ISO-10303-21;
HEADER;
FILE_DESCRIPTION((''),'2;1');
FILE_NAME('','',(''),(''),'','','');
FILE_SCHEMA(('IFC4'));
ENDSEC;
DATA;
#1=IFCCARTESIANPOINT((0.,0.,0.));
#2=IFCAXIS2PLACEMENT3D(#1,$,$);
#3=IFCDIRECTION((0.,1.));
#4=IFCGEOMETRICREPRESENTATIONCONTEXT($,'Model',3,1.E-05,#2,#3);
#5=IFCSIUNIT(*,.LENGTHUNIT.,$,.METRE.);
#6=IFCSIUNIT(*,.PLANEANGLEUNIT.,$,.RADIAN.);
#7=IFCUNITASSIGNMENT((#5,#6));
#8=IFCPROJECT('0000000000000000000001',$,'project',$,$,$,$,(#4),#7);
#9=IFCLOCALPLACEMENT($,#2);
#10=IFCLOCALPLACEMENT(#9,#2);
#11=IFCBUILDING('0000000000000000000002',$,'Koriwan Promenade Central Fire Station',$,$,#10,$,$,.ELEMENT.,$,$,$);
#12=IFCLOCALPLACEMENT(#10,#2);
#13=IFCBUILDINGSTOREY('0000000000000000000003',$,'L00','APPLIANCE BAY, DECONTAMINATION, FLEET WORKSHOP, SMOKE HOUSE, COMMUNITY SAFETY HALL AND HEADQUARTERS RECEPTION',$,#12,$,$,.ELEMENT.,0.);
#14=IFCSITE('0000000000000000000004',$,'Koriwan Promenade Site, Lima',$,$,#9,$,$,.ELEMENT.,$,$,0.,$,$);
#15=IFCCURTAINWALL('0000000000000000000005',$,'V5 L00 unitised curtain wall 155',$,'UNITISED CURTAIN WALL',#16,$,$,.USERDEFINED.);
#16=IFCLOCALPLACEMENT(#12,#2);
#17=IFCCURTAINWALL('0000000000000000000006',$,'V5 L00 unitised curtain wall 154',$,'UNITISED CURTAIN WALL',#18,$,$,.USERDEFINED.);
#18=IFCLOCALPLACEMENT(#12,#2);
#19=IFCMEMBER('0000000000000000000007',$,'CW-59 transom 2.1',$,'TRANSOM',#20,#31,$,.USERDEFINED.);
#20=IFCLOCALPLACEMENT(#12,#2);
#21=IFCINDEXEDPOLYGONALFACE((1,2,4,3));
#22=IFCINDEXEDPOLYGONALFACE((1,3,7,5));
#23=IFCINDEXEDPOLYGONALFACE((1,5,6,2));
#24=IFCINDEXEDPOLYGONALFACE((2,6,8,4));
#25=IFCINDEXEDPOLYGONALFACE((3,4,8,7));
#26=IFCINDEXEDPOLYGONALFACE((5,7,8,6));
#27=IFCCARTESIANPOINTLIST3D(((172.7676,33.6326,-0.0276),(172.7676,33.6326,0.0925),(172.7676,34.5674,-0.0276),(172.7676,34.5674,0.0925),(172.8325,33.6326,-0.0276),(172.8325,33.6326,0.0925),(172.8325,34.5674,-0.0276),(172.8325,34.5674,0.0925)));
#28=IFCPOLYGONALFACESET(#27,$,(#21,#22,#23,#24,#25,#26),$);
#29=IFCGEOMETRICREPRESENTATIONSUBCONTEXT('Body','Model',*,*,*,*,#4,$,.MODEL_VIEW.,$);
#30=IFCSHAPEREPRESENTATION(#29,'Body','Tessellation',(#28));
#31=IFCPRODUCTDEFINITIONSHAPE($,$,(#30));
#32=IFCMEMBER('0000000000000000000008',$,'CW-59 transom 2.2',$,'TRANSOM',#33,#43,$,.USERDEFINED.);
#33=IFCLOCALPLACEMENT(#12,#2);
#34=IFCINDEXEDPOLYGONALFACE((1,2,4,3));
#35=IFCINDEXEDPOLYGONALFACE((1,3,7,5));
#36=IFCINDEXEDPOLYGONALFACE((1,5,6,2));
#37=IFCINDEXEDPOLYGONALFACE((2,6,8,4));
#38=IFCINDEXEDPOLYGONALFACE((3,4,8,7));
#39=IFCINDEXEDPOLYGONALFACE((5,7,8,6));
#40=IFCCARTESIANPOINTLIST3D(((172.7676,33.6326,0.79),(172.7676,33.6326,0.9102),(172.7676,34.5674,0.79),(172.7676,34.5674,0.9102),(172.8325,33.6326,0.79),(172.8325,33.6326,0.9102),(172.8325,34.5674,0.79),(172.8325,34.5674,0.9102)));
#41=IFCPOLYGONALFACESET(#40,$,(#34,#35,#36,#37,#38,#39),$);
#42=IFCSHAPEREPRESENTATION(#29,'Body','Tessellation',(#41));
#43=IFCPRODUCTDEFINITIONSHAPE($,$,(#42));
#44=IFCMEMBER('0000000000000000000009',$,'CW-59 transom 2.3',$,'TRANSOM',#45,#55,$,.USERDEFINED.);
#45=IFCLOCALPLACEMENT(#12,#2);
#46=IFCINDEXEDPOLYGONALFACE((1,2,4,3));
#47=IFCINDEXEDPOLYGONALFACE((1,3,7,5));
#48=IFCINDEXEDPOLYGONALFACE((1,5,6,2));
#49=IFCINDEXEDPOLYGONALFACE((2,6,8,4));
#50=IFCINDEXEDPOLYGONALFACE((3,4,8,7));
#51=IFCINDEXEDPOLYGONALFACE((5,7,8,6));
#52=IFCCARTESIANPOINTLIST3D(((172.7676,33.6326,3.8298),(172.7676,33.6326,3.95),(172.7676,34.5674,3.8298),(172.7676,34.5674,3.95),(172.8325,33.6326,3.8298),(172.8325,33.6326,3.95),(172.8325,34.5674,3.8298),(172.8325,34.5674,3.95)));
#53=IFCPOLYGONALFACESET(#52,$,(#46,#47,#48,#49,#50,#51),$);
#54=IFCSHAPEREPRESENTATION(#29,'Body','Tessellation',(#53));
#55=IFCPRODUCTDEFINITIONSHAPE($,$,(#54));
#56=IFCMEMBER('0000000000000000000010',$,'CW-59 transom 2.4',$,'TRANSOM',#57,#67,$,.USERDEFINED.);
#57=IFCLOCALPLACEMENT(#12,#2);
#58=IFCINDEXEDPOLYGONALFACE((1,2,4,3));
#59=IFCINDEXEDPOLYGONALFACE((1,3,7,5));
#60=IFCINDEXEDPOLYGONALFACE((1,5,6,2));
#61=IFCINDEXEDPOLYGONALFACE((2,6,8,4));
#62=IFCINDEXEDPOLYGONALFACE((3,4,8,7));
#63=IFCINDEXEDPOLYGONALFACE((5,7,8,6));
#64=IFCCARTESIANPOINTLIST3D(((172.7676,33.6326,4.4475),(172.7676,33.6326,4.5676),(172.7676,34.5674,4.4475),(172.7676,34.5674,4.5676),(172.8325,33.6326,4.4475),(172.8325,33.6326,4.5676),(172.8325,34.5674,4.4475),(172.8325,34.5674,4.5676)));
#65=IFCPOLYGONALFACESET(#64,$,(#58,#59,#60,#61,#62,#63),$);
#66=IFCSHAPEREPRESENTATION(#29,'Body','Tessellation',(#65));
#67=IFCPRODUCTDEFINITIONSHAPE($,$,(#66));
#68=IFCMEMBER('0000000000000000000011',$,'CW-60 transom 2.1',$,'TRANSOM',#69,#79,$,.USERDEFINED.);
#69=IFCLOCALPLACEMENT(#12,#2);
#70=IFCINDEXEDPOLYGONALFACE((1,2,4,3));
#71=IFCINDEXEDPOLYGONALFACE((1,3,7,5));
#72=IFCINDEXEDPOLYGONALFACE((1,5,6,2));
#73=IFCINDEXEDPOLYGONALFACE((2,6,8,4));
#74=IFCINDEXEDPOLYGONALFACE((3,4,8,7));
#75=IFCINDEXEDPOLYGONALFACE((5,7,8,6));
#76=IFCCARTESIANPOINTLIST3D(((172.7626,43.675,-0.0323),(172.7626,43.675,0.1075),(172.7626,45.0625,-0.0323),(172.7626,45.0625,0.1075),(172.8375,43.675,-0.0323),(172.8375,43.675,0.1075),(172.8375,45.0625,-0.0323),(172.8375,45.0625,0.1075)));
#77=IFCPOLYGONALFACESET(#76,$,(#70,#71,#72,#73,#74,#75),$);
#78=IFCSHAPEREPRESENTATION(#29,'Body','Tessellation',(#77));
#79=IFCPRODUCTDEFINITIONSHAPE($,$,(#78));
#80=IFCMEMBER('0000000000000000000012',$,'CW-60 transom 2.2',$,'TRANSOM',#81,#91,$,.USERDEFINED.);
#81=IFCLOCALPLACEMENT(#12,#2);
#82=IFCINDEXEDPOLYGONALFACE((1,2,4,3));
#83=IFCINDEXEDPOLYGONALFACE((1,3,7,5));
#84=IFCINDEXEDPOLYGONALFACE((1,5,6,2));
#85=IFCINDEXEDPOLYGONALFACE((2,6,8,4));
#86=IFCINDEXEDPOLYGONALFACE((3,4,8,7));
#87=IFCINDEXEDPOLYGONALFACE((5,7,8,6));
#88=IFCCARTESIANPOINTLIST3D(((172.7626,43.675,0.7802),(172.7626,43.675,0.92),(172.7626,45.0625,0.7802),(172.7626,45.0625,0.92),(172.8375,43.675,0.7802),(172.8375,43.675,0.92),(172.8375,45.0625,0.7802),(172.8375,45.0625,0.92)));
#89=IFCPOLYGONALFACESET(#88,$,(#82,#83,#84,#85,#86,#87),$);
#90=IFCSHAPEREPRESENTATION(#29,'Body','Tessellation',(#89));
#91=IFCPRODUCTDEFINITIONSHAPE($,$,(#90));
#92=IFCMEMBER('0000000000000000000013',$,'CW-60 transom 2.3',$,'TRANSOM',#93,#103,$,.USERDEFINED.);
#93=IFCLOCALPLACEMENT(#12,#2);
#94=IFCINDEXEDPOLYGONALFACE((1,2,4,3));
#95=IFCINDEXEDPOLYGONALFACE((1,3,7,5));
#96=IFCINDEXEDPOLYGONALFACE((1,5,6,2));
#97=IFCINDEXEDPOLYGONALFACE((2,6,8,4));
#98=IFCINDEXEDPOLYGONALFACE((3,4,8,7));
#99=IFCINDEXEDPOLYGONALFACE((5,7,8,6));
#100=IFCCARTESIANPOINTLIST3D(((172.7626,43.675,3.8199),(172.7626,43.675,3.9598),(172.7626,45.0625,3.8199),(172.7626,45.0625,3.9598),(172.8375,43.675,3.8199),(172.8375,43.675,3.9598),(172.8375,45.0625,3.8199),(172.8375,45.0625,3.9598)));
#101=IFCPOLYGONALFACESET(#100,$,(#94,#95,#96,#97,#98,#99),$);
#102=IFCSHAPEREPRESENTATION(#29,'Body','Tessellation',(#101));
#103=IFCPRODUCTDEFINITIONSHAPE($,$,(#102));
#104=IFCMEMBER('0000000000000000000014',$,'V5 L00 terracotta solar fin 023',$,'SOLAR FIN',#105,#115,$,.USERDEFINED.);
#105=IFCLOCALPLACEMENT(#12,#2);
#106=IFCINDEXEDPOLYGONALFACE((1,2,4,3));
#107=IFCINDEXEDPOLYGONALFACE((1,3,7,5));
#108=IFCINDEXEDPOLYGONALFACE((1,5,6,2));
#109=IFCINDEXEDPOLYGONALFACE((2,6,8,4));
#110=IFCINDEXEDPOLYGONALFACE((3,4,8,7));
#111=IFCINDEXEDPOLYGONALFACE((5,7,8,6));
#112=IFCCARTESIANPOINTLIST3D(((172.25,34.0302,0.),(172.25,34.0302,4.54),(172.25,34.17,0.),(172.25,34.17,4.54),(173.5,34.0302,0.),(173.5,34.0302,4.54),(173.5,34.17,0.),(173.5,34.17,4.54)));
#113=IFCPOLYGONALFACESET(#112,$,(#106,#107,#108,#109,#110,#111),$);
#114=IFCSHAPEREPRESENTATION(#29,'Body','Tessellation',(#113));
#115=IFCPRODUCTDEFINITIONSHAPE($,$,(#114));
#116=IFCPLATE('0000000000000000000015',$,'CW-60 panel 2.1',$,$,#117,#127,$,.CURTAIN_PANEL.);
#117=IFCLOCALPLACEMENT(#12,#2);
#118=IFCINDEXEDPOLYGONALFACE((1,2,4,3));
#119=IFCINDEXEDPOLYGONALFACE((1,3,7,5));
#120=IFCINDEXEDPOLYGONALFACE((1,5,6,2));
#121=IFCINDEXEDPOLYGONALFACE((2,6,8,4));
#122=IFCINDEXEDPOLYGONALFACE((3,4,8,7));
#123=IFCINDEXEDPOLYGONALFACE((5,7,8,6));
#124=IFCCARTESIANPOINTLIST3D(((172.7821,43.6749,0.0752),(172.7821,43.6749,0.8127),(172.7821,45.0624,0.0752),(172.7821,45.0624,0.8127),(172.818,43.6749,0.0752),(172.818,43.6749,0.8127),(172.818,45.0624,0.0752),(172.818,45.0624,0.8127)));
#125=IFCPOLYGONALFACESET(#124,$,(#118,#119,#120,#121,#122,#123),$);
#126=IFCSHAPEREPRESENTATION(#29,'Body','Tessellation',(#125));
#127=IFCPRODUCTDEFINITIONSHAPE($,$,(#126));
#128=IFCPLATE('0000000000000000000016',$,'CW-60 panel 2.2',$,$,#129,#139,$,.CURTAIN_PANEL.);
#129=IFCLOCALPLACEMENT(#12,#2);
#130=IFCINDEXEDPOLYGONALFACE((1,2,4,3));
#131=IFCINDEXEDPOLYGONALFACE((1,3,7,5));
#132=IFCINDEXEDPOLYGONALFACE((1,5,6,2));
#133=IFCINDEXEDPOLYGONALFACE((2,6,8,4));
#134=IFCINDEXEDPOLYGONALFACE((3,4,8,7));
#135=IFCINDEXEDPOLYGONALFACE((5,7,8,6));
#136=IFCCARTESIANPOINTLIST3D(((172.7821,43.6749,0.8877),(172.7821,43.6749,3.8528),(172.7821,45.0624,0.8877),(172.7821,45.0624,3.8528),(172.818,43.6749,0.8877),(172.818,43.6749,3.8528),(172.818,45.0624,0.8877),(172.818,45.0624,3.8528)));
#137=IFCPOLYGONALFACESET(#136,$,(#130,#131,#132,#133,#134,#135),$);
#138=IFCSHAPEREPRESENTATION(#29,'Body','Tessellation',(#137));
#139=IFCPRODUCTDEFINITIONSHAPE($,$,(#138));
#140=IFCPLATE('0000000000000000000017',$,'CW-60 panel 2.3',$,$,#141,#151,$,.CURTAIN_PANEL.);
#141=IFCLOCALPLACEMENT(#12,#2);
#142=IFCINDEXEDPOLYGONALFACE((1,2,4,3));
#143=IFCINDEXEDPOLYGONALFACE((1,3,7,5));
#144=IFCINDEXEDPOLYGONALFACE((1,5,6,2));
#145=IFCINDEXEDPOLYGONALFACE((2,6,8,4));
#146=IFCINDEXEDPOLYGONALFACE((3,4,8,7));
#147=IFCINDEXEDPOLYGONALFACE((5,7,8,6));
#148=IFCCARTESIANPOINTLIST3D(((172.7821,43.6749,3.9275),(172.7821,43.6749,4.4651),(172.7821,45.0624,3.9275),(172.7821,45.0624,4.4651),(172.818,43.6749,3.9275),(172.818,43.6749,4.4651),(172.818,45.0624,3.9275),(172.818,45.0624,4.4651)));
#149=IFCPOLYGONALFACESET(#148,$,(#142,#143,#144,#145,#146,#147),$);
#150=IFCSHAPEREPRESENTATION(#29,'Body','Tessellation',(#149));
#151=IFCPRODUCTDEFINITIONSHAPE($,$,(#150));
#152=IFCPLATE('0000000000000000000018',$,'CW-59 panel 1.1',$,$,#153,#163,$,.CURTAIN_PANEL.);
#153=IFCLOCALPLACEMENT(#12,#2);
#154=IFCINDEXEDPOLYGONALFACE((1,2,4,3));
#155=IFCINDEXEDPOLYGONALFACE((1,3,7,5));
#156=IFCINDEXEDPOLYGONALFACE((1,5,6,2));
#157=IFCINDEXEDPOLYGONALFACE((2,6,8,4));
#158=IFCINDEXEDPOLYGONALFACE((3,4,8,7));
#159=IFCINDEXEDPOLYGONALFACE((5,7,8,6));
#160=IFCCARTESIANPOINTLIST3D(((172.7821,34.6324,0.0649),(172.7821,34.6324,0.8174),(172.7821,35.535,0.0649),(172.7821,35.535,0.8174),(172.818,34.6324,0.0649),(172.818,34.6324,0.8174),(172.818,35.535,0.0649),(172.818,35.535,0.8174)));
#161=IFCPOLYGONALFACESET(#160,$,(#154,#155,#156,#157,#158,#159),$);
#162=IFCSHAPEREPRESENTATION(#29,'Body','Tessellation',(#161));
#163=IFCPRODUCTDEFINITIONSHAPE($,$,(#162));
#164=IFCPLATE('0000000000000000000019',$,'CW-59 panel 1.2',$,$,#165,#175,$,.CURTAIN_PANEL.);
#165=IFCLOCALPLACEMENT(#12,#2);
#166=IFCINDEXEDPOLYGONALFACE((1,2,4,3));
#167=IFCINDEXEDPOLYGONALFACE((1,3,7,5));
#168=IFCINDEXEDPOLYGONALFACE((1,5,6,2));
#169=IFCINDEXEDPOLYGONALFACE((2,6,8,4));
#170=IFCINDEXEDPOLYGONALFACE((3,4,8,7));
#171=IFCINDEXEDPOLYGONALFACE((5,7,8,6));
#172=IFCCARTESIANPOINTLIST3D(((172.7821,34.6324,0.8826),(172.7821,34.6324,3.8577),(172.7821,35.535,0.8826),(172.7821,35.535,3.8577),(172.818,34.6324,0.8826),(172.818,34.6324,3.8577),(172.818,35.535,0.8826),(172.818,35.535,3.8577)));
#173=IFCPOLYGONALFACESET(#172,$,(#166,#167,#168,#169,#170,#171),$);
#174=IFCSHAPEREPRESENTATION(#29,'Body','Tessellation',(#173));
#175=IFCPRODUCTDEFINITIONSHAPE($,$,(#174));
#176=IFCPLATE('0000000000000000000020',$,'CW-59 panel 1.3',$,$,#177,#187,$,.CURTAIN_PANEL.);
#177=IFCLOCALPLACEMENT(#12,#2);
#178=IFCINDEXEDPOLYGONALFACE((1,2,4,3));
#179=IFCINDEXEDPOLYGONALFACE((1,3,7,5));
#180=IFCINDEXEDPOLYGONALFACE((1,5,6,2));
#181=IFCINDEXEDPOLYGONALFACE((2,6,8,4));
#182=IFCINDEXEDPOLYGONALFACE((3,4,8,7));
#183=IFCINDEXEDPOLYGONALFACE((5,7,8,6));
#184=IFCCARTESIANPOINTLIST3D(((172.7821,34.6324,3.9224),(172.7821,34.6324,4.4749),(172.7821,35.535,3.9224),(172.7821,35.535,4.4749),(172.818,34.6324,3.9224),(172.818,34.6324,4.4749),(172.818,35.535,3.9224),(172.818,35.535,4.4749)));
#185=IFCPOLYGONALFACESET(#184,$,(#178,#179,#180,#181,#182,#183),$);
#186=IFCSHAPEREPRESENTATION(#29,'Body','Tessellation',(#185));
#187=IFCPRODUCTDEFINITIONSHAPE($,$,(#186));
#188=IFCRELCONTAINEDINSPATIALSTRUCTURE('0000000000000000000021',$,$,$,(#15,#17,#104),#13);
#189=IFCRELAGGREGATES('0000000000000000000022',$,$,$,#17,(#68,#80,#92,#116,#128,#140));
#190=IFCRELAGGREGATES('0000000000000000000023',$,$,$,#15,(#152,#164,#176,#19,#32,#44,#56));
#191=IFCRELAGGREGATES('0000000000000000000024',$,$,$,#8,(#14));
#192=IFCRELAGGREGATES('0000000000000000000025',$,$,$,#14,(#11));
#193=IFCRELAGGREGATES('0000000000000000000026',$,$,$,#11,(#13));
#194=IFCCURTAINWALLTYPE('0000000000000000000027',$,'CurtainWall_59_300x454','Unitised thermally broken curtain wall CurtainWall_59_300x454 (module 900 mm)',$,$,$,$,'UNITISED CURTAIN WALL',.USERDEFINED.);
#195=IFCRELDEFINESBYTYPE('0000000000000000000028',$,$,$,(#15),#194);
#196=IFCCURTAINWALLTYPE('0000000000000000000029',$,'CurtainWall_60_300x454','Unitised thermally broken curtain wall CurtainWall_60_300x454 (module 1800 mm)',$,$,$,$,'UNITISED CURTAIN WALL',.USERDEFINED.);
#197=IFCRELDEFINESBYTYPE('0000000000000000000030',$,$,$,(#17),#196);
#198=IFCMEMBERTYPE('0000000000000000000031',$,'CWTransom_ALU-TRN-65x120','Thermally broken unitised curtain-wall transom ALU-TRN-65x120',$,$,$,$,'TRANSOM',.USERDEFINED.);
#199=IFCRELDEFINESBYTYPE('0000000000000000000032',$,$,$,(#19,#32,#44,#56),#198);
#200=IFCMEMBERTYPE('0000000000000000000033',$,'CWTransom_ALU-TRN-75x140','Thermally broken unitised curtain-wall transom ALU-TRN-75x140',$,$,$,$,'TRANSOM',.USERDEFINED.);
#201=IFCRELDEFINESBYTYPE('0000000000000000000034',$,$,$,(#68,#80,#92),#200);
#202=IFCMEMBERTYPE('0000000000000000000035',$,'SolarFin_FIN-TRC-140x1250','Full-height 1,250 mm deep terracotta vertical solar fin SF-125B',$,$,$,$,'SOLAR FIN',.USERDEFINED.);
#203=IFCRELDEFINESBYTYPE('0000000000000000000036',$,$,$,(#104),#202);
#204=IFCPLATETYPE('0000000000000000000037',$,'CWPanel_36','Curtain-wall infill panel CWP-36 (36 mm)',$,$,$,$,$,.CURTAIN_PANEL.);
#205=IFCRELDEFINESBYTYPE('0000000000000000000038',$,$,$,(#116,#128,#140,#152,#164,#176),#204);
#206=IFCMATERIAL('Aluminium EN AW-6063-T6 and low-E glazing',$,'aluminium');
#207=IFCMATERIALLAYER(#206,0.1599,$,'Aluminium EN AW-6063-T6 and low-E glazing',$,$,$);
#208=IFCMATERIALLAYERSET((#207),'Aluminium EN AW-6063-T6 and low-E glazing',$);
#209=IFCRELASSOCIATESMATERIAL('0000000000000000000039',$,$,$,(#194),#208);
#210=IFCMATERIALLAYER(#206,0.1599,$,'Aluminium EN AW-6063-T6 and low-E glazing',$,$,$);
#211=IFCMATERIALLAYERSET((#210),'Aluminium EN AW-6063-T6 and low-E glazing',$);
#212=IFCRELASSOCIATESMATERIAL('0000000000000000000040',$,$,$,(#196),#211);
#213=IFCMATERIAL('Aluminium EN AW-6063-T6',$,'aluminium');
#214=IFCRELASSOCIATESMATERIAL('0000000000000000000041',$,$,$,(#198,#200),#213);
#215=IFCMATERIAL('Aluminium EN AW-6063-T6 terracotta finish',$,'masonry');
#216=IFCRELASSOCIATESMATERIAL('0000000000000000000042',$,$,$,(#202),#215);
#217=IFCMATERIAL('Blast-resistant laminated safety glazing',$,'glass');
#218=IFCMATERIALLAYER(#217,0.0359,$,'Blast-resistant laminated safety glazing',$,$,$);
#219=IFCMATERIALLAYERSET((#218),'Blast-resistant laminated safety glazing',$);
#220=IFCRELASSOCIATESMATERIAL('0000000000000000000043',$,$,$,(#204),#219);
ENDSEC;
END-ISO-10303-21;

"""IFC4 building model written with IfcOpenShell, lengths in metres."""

from ifc_helpers import new_model, si_unit, direction, frame, origin, origin_2d, place, context, subcontext, project, spatial, rectangle, extrude, material, layer, layer_set, material_profile, profile_set, type_object, element, aggregate, save


model = new_model("IFC4")

# Units and contexts
model_context = context("Model", 3, precision=1e-05, world=origin(), true_north=direction((0.0, 1.0)))
body_context = subcontext(model_context, "Body", "Model", "MODEL_VIEW")
ifc_project = project(units=[si_unit("LENGTHUNIT", "METRE"), si_unit("PLANEANGLEUNIT", "RADIAN")], contexts=[model_context])

# Site, building, storey
site_placement = place(None, origin())
site = spatial("IfcSite", under=ifc_project, at=site_placement, Name="Koriwan Promenade Site, Lima", CompositionType="ELEMENT", RefElevation=0.0)
building_placement = place(site_placement, origin())
building = spatial("IfcBuilding", under=site, at=building_placement, Name="Koriwan Promenade Central Fire Station", CompositionType="ELEMENT")
storey_placement = place(building_placement, origin())
storey = spatial("IfcBuildingStorey", under=building, at=storey_placement, Name="L00", Description="APPLIANCE BAY, DECONTAMINATION, FLEET WORKSHOP, SMOKE HOUSE, COMMUNITY SAFETY HALL AND HEADQUARTERS RECEPTION", CompositionType="ELEMENT", Elevation=0.0)

# Curtain wall
ifc_material_1 = material(Name="Aluminium EN AW-6063-T6 and low-E glazing", Category="aluminium")
ifc_layer_1 = layer(ifc_material_1, 0.1599, Name="Aluminium EN AW-6063-T6 and low-E glazing")
ifc_layer_set_1 = layer_set([ifc_layer_1], Name="Aluminium EN AW-6063-T6 and low-E glazing")
curtain_wall_type_1 = type_object("IfcCurtainWallType", Name="CurtainWall_59_300x454", Description="Unitised thermally broken curtain wall CurtainWall_59_300x454 (module 900 mm)", ElementType="UNITISED CURTAIN WALL", PredefinedType="USERDEFINED", material=ifc_layer_set_1)
curtain_wall_1_placement = place(storey_placement, origin())
curtain_wall_1 = element("IfcCurtainWall", 1, at=curtain_wall_1_placement, inside=storey, type_object=curtain_wall_type_1, Name="V5 L00 unitised curtain wall 155", ObjectType="UNITISED CURTAIN WALL", PredefinedType="USERDEFINED")
ifc_material_2 = material(Name="Aluminium EN AW-6063-T6", Category="aluminium")

# Curtain wall
ifc_layer_2 = layer(ifc_material_1, 0.1599, Name="Aluminium EN AW-6063-T6 and low-E glazing")
ifc_layer_set_2 = layer_set([ifc_layer_2], Name="Aluminium EN AW-6063-T6 and low-E glazing")
curtain_wall_type_2 = type_object("IfcCurtainWallType", Name="CurtainWall_60_300x454", Description="Unitised thermally broken curtain wall CurtainWall_60_300x454 (module 1800 mm)", ElementType="UNITISED CURTAIN WALL", PredefinedType="USERDEFINED", material=ifc_layer_set_2)
curtain_wall_2_placement = place(storey_placement, origin())
curtain_wall_2 = element("IfcCurtainWall", 2, at=curtain_wall_2_placement, inside=storey, type_object=curtain_wall_type_2, Name="V5 L00 unitised curtain wall 154", ObjectType="UNITISED CURTAIN WALL", PredefinedType="USERDEFINED")

# Members
ifc_material_profile_1 = material_profile(ifc_material_2, rectangle(XDim=0.0649, YDim=0.1201, at=origin_2d()), Name="ALU-TRN-65x120")
ifc_profile_set_1 = profile_set([ifc_material_profile_1], Name="Aluminium EN AW-6063-T6")
member_type_1 = type_object("IfcMemberType", Name="CWTransom_ALU-TRN-65x120", Description="Thermally broken unitised curtain-wall transom ALU-TRN-65x120", ElementType="TRANSOM", PredefinedType="USERDEFINED", material=ifc_profile_set_1)
member_1_placement = place(storey_placement, frame((172.8, 34.5674, 0.0325), z_axis=(0.0, -1.0, 0.0), x_axis=(1.0, 0.0, 0.0)))
member_1 = element("IfcMember", 3, at=member_1_placement, type_object=member_type_1, Name="CW-59 transom 2.1", ObjectType="TRANSOM", PredefinedType="USERDEFINED", context=body_context, shape_type="SweptSolid", body=[
    extrude(rectangle(XDim=0.0649, YDim=0.1201, at=origin_2d()), origin(), (0.0, 0.0, 1.0), 0.9348),
])
member_2_placement = place(storey_placement, frame((172.8, 34.5674, 0.8501), z_axis=(0.0, -1.0, 0.0), x_axis=(1.0, 0.0, 0.0)))
member_2 = element("IfcMember", 4, at=member_2_placement, type_object=member_type_1, Name="CW-59 transom 2.2", ObjectType="TRANSOM", PredefinedType="USERDEFINED", context=body_context, shape_type="SweptSolid", body=[
    extrude(rectangle(XDim=0.0649, YDim=0.1201, at=origin_2d()), origin(), (0.0, 0.0, 1.0), 0.9348),
])
member_3_placement = place(storey_placement, frame((172.8, 34.5674, 3.8899), z_axis=(0.0, -1.0, 0.0), x_axis=(1.0, 0.0, 0.0)))
member_3 = element("IfcMember", 5, at=member_3_placement, type_object=member_type_1, Name="CW-59 transom 2.3", ObjectType="TRANSOM", PredefinedType="USERDEFINED", context=body_context, shape_type="SweptSolid", body=[
    extrude(rectangle(XDim=0.0649, YDim=0.1201, at=origin_2d()), origin(), (0.0, 0.0, 1.0), 0.9348),
])
member_4_placement = place(storey_placement, frame((172.8, 34.5674, 4.5076), z_axis=(0.0, -1.0, 0.0), x_axis=(1.0, 0.0, 0.0)))
member_4 = element("IfcMember", 6, at=member_4_placement, type_object=member_type_1, Name="CW-59 transom 2.4", ObjectType="TRANSOM", PredefinedType="USERDEFINED", context=body_context, shape_type="SweptSolid", body=[
    extrude(rectangle(XDim=0.0649, YDim=0.1201, at=origin_2d()), origin(), (0.0, 0.0, 1.0), 0.9348),
])
ifc_material_profile_2 = material_profile(ifc_material_2, rectangle(XDim=0.075, YDim=0.1399, at=origin_2d()), Name="ALU-TRN-75x140")
ifc_profile_set_2 = profile_set([ifc_material_profile_2], Name="Aluminium EN AW-6063-T6")
member_type_2 = type_object("IfcMemberType", Name="CWTransom_ALU-TRN-75x140", Description="Thermally broken unitised curtain-wall transom ALU-TRN-75x140", ElementType="TRANSOM", PredefinedType="USERDEFINED", material=ifc_profile_set_2)
member_5_placement = place(storey_placement, frame((172.8, 45.0625, 0.0376), z_axis=(0.0, -1.0, 0.0), x_axis=(1.0, 0.0, 0.0)))
member_5 = element("IfcMember", 7, at=member_5_placement, type_object=member_type_2, Name="CW-60 transom 2.1", ObjectType="TRANSOM", PredefinedType="USERDEFINED", context=body_context, shape_type="SweptSolid", body=[
    extrude(rectangle(XDim=0.075, YDim=0.1399, at=origin_2d()), origin(), (0.0, 0.0, 1.0), 1.3875),
])
member_6_placement = place(storey_placement, frame((172.8, 45.0625, 0.8501), z_axis=(0.0, -1.0, 0.0), x_axis=(1.0, 0.0, 0.0)))
member_6 = element("IfcMember", 8, at=member_6_placement, type_object=member_type_2, Name="CW-60 transom 2.2", ObjectType="TRANSOM", PredefinedType="USERDEFINED", context=body_context, shape_type="SweptSolid", body=[
    extrude(rectangle(XDim=0.075, YDim=0.1399, at=origin_2d()), origin(), (0.0, 0.0, 1.0), 1.3875),
])
member_7_placement = place(storey_placement, frame((172.8, 45.0625, 3.8899), z_axis=(0.0, -1.0, 0.0), x_axis=(1.0, 0.0, 0.0)))
member_7 = element("IfcMember", 9, at=member_7_placement, type_object=member_type_2, Name="CW-60 transom 2.3", ObjectType="TRANSOM", PredefinedType="USERDEFINED", context=body_context, shape_type="SweptSolid", body=[
    extrude(rectangle(XDim=0.075, YDim=0.1399, at=origin_2d()), origin(), (0.0, 0.0, 1.0), 1.3875),
])
ifc_material_3 = material(Name="Aluminium EN AW-6063-T6 terracotta finish", Category="masonry")
ifc_material_profile_3 = material_profile(ifc_material_3, rectangle(XDim=0.1399, YDim=1.25, at=origin_2d()), Name="FIN-TRC-140x1250")
ifc_profile_set_3 = profile_set([ifc_material_profile_3], Name="Aluminium EN AW-6063-T6 terracotta finish")
member_type_3 = type_object("IfcMemberType", Name="SolarFin_FIN-TRC-140x1250", Description="Full-height 1,250 mm deep terracotta vertical solar fin SF-125B", ElementType="SOLAR FIN", PredefinedType="USERDEFINED", material=ifc_profile_set_3)
member_8_placement = place(storey_placement, frame((172.875, 34.1001, 0.0), z_axis=(0.0, 0.0, 1.0), x_axis=(0.0, -1.0, 0.0)))
element("IfcMember", 10, at=member_8_placement, inside=storey, type_object=member_type_3, Name="V5 L00 terracotta solar fin 023", ObjectType="SOLAR FIN", PredefinedType="USERDEFINED", context=body_context, shape_type="SweptSolid", body=[
    extrude(rectangle(XDim=0.1399, YDim=1.25, at=origin_2d()), origin(), (0.0, 0.0, 1.0), 4.54),
])

# Plates
ifc_material_4 = material(Name="Blast-resistant laminated safety glazing", Category="glass")
ifc_layer_3 = layer(ifc_material_4, 0.0359, Name="Blast-resistant laminated safety glazing")
ifc_layer_set_3 = layer_set([ifc_layer_3], Name="Blast-resistant laminated safety glazing")
plate_type = type_object("IfcPlateType", Name="CWPanel_36", Description="Curtain-wall infill panel CWP-36 (36 mm)", PredefinedType="CURTAIN_PANEL", material=ifc_layer_set_3)
plate_1_placement = place(storey_placement, frame((172.8, 44.3687, 0.0752), z_axis=(0.0, 0.0, 1.0), x_axis=(0.0, -1.0, 0.0)))
plate_1 = element("IfcPlate", 11, at=plate_1_placement, type_object=plate_type, Name="CW-60 panel 2.1", PredefinedType="CURTAIN_PANEL", context=body_context, shape_type="SweptSolid", body=[
    extrude(rectangle(XDim=1.3875, YDim=0.0359, at=origin_2d()), origin(), (0.0, 0.0, 1.0), 0.7375),
])
plate_2_placement = place(storey_placement, frame((172.8, 44.3687, 0.8877), z_axis=(0.0, 0.0, 1.0), x_axis=(0.0, -1.0, 0.0)))
plate_2 = element("IfcPlate", 12, at=plate_2_placement, type_object=plate_type, Name="CW-60 panel 2.2", PredefinedType="CURTAIN_PANEL", context=body_context, shape_type="SweptSolid", body=[
    extrude(rectangle(XDim=1.3875, YDim=0.0359, at=origin_2d()), origin(), (0.0, 0.0, 1.0), 2.9651),
])
plate_3_placement = place(storey_placement, frame((172.8, 44.3687, 3.9275), z_axis=(0.0, 0.0, 1.0), x_axis=(0.0, -1.0, 0.0)))
plate_3 = element("IfcPlate", 13, at=plate_3_placement, type_object=plate_type, Name="CW-60 panel 2.3", PredefinedType="CURTAIN_PANEL", context=body_context, shape_type="SweptSolid", body=[
    extrude(rectangle(XDim=1.3875, YDim=0.0359, at=origin_2d()), origin(), (0.0, 0.0, 1.0), 0.5376),
])
aggregate(curtain_wall_2, [member_5, member_6, member_7, plate_1, plate_2, plate_3])
plate_4_placement = place(storey_placement, frame((172.8, 35.0837, 0.0649), z_axis=(0.0, 0.0, 1.0), x_axis=(0.0, -1.0, 0.0)))
plate_4 = element("IfcPlate", 14, at=plate_4_placement, type_object=plate_type, Name="CW-59 panel 1.1", PredefinedType="CURTAIN_PANEL", context=body_context, shape_type="SweptSolid", body=[
    extrude(rectangle(XDim=0.9026, YDim=0.0359, at=origin_2d()), origin(), (0.0, 0.0, 1.0), 0.7524),
])
plate_5_placement = place(storey_placement, frame((172.8, 35.0837, 0.8826), z_axis=(0.0, 0.0, 1.0), x_axis=(0.0, -1.0, 0.0)))
plate_5 = element("IfcPlate", 15, at=plate_5_placement, type_object=plate_type, Name="CW-59 panel 1.2", PredefinedType="CURTAIN_PANEL", context=body_context, shape_type="SweptSolid", body=[
    extrude(rectangle(XDim=0.9026, YDim=0.0359, at=origin_2d()), origin(), (0.0, 0.0, 1.0), 2.9751),
])
plate_6_placement = place(storey_placement, frame((172.8, 35.0837, 3.9224), z_axis=(0.0, 0.0, 1.0), x_axis=(0.0, -1.0, 0.0)))
plate_6 = element("IfcPlate", 16, at=plate_6_placement, type_object=plate_type, Name="CW-59 panel 1.3", PredefinedType="CURTAIN_PANEL", context=body_context, shape_type="SweptSolid", body=[
    extrude(rectangle(XDim=0.9026, YDim=0.0359, at=origin_2d()), origin(), (0.0, 0.0, 1.0), 0.5525),
])
aggregate(curtain_wall_1, [plate_4, plate_5, plate_6, member_1, member_2, member_3, member_4])

save(model, "model.ifc")
